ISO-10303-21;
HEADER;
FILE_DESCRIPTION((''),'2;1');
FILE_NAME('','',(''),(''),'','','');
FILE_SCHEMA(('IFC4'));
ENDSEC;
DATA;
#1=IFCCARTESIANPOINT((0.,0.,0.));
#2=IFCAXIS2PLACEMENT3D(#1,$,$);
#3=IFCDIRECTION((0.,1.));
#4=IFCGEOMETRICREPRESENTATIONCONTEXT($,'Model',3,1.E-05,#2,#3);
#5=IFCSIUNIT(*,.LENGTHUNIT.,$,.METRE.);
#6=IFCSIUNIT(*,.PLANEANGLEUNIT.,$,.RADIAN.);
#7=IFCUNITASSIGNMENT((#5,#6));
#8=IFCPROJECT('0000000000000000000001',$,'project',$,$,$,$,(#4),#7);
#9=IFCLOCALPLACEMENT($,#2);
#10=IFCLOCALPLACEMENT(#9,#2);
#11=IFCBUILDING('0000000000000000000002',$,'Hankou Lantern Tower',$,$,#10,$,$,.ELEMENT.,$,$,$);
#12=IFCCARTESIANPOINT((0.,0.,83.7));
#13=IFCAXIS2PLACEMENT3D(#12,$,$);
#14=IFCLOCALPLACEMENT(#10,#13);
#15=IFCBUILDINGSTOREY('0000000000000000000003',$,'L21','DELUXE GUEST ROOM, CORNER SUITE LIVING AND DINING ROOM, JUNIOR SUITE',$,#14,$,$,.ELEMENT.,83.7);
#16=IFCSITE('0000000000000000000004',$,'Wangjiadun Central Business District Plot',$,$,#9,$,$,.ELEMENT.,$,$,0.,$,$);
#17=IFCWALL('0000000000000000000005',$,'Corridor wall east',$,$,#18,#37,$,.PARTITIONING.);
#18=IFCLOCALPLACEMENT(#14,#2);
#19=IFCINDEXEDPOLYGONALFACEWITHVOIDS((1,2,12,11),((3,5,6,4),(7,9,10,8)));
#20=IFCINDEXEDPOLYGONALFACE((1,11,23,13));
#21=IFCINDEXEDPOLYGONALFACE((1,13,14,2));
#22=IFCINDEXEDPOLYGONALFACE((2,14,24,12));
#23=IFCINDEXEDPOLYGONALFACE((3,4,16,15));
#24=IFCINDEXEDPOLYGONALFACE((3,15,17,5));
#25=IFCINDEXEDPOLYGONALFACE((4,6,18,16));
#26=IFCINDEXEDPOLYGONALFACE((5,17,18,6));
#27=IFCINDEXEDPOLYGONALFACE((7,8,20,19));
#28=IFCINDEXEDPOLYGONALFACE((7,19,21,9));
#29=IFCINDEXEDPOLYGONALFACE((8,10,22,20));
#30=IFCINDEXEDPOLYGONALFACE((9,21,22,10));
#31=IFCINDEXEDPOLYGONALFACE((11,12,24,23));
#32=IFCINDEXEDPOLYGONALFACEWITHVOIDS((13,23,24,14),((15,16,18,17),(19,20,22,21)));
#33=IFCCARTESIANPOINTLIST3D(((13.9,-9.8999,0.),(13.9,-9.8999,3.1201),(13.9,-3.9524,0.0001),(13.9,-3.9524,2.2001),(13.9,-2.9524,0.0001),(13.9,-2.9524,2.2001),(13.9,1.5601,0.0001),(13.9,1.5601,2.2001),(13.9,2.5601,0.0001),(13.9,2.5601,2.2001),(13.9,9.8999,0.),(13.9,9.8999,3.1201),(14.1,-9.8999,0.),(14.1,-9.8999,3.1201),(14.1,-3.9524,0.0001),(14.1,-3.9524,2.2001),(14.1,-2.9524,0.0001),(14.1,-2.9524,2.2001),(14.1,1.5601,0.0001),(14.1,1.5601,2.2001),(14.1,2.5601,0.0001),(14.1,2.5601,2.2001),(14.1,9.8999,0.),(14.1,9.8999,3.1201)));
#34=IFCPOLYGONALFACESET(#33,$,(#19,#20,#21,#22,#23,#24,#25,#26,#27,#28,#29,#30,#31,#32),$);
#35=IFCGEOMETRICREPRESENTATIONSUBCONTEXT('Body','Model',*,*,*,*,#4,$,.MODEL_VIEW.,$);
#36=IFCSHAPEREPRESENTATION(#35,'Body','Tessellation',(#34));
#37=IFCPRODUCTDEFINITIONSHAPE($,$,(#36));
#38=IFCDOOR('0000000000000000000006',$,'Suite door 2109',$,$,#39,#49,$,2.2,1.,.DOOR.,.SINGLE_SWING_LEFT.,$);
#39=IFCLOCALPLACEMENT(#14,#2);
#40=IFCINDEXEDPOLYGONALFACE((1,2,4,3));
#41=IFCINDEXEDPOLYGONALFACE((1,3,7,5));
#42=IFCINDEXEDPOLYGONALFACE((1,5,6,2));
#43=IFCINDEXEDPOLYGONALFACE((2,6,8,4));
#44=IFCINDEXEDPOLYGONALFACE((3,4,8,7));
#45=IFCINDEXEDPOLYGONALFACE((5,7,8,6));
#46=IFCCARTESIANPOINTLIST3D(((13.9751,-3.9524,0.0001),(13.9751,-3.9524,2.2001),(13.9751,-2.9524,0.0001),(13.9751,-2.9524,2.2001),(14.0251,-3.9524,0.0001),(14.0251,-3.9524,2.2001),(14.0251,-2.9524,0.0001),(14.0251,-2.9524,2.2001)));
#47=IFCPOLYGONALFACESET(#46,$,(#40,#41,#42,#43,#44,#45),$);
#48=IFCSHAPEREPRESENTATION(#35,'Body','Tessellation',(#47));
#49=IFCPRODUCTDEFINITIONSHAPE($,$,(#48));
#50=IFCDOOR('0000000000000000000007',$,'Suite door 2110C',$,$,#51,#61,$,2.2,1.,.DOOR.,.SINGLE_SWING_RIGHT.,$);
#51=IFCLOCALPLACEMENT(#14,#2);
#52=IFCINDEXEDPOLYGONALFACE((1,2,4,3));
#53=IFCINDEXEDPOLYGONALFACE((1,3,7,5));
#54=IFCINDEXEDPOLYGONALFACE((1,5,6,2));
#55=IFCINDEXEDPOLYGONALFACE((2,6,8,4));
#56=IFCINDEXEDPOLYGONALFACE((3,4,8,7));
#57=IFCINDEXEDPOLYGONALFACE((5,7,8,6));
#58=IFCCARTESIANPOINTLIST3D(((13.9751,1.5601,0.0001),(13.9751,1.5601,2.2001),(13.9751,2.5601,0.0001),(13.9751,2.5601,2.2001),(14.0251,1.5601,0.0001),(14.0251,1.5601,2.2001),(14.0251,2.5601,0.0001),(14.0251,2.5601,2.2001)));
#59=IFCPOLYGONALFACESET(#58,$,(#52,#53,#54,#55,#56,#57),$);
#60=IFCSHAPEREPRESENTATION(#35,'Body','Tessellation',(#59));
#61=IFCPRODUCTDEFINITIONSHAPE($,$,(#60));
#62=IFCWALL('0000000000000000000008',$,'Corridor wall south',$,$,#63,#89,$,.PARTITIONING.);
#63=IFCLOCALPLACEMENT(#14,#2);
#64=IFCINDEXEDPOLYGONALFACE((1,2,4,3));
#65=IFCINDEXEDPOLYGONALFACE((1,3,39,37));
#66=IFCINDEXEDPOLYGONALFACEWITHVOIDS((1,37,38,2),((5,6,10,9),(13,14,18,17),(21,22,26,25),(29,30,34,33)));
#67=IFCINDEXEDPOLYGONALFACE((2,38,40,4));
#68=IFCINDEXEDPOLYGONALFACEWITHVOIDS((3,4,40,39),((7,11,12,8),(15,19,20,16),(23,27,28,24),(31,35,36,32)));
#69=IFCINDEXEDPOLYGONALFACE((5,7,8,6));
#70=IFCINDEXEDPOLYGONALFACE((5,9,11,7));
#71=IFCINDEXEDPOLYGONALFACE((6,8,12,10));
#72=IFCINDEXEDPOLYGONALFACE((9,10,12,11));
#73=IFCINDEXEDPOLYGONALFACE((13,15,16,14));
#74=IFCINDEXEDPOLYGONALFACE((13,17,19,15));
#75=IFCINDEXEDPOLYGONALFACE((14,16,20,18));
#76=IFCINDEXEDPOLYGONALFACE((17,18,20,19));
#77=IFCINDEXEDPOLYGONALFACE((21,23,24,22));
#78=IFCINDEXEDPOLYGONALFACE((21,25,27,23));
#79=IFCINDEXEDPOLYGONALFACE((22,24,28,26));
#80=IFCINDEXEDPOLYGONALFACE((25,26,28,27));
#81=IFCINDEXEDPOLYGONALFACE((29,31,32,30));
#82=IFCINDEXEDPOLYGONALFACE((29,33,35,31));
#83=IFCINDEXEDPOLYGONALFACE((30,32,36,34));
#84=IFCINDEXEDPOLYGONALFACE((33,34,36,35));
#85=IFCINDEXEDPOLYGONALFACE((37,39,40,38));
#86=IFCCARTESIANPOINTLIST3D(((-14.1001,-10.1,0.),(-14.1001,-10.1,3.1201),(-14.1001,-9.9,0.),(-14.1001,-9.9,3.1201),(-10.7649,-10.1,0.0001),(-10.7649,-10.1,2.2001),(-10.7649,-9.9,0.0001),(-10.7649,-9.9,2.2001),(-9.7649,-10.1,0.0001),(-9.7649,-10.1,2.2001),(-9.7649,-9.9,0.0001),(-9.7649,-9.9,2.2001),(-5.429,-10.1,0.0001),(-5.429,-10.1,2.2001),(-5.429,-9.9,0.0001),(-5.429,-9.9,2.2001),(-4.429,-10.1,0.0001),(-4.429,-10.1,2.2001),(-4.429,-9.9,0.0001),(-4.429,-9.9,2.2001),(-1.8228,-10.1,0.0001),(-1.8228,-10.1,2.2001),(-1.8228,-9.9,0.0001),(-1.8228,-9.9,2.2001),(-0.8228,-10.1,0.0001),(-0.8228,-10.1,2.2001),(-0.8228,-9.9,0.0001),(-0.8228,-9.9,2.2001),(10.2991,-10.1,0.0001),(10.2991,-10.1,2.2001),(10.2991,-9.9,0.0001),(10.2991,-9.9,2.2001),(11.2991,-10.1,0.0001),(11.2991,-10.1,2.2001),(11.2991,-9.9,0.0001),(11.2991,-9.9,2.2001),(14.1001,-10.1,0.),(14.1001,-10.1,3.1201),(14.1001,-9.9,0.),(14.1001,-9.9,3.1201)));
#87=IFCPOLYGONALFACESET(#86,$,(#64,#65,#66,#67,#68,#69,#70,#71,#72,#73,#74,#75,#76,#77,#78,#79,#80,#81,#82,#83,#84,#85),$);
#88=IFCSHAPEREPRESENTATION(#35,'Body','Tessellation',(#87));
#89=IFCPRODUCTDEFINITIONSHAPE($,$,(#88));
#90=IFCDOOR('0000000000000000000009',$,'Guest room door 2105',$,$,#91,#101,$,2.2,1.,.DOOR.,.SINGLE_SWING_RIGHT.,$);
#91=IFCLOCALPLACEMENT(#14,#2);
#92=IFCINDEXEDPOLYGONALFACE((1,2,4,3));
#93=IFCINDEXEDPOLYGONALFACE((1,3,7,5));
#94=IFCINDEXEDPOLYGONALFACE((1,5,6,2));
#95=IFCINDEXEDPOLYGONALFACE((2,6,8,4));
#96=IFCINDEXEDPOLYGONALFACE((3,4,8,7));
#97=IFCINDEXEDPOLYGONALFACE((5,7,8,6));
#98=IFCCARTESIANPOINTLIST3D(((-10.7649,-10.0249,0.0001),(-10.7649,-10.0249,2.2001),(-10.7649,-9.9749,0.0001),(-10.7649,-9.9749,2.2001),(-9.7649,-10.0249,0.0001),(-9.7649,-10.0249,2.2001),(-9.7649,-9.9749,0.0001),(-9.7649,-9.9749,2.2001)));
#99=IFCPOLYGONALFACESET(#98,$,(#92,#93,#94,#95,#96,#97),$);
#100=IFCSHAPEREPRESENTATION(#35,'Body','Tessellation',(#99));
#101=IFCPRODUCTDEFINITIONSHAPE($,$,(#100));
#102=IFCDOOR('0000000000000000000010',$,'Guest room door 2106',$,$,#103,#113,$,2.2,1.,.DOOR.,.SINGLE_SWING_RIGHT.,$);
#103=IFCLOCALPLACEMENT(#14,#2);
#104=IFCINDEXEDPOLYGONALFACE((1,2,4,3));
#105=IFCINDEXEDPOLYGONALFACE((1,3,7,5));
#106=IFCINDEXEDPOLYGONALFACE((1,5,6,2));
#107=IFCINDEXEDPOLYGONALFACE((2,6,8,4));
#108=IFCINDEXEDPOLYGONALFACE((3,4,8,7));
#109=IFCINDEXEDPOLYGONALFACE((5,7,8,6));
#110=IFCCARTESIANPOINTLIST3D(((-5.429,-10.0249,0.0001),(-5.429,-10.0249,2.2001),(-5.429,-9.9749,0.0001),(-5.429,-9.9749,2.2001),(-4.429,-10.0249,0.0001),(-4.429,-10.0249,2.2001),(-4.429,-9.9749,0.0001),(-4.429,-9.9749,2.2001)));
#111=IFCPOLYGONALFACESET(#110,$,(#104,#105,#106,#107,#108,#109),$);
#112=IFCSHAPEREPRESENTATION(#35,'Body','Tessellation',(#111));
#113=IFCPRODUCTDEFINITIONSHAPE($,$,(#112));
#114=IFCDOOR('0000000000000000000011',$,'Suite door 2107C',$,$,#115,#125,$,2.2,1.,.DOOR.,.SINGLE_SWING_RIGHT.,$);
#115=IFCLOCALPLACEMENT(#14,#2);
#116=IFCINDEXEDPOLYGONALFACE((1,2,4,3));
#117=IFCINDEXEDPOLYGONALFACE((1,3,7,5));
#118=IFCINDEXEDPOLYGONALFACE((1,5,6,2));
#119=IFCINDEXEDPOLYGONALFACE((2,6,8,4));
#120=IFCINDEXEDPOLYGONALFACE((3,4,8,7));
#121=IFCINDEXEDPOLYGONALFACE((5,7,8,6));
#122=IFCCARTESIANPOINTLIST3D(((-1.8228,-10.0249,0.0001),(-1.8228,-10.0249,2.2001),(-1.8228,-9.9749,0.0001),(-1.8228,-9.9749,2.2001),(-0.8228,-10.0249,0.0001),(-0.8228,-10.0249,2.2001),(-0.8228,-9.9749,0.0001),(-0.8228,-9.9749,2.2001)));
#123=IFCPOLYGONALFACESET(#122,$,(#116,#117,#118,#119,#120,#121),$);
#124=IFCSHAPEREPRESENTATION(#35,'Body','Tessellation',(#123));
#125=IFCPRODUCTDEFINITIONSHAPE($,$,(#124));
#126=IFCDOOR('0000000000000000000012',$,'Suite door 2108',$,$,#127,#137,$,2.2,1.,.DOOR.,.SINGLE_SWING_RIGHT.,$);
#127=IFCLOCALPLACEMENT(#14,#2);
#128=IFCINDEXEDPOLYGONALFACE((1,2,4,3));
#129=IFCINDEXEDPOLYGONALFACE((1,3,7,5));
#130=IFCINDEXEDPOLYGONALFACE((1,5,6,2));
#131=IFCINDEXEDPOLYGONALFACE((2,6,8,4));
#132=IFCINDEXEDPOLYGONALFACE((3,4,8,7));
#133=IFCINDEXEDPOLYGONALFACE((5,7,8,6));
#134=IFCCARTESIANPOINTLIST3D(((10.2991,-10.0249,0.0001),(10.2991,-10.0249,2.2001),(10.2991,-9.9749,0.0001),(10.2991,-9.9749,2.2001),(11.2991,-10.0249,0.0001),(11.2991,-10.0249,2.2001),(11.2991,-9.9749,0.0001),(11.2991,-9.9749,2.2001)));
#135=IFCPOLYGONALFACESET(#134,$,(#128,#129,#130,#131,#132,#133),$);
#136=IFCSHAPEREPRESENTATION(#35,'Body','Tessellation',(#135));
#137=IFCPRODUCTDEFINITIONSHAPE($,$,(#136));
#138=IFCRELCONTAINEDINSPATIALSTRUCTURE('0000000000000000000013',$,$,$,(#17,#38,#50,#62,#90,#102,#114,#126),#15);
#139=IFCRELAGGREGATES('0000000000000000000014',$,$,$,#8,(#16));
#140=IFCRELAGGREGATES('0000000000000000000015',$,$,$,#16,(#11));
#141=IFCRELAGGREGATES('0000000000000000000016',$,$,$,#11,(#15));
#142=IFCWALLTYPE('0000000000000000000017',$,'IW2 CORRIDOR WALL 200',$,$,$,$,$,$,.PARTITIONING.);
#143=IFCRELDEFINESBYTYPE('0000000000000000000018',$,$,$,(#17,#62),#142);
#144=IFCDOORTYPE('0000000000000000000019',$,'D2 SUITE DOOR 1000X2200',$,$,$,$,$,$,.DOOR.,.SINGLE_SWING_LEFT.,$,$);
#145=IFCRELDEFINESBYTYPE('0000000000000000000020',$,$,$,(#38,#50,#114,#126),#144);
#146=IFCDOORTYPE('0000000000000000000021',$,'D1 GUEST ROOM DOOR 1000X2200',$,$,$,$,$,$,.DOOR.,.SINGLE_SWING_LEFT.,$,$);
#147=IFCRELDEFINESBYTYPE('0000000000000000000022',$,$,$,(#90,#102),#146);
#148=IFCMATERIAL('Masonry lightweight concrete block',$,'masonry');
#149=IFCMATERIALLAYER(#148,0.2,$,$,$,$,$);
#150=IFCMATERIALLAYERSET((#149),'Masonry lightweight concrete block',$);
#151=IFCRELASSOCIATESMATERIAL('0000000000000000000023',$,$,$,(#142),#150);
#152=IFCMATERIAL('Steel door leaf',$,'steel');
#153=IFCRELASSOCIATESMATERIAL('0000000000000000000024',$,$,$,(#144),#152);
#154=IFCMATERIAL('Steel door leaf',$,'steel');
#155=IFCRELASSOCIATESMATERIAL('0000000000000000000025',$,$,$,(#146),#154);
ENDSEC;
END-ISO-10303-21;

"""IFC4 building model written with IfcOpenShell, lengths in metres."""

from ifc_helpers import new_model, si_unit, direction, frame, frame_2d, origin, place, context, subcontext, project, spatial, rectangle, extrude, material, layer, layer_set, type_object, element, fill, save


model = new_model("IFC4")

# Units and contexts
model_context = context("Model", 3, precision=1e-05, world=origin(), true_north=direction((0.0, 1.0)))
body_context = subcontext(model_context, "Body", "Model", "MODEL_VIEW")
ifc_project = project(units=[si_unit("LENGTHUNIT", "METRE"), si_unit("PLANEANGLEUNIT", "RADIAN")], contexts=[model_context])

# Site, building, storey
site_placement = place(None, origin())
site = spatial("IfcSite", under=ifc_project, at=site_placement, Name="Wangjiadun Central Business District Plot", CompositionType="ELEMENT", RefElevation=0.0)
building_placement = place(site_placement, origin())
building = spatial("IfcBuilding", under=site, at=building_placement, Name="Hankou Lantern Tower", CompositionType="ELEMENT")
storey_placement = place(building_placement, frame((0.0, 0.0, 83.7)))
storey = spatial("IfcBuildingStorey", under=building, at=storey_placement, Name="L21", Description="DELUXE GUEST ROOM, CORNER SUITE LIVING AND DINING ROOM, JUNIOR SUITE", CompositionType="ELEMENT", Elevation=83.7)

# Walls, openings, doors
ifc_material_1 = material(Name="Masonry lightweight concrete block", Category="masonry")
ifc_layer_1 = layer(ifc_material_1, 0.2)
ifc_layer_set_1 = layer_set([ifc_layer_1], Name="Masonry lightweight concrete block")
wall_type_1 = type_object("IfcWallType", Name="IW2 CORRIDOR WALL 200", PredefinedType="PARTITIONING", material=ifc_layer_set_1)
wall_1_placement = place(storey_placement, frame((14.0, -9.8999, 0.0), z_axis=(0.0, 0.0, 1.0), x_axis=(0.0, 1.0, 0.0)))
wall_1 = element("IfcWall", 1, at=wall_1_placement, inside=storey, type_object=wall_type_1, Name="Corridor wall east", PredefinedType="PARTITIONING", context=body_context, shape_type="SweptSolid", body=[
    extrude(rectangle(XDim=19.7998, YDim=0.2, at=frame_2d((9.8999, 0.0))), origin(), (0.0, 0.0, 1.0), 3.1201),
])
opening_1_placement = place(wall_1_placement, frame((5.9475, 0.0, 0.0)))
opening_1 = element("IfcOpeningElement", 2, at=opening_1_placement, cuts=wall_1, PredefinedType="OPENING", context=body_context, shape_type="SweptSolid", body=[
    extrude(rectangle(XDim=1.0, YDim=2.2, at=frame_2d((0.5, 1.1001))), frame((0.0, 0.1099, 0.0), z_axis=(0.0, -1.0, 0.0), x_axis=(1.0, 0.0, 0.0)), (0.0, 0.0, 1.0), 0.22),
])
opening_2_placement = place(wall_1_placement, frame((11.46, 0.0, 0.0)))
opening_2 = element("IfcOpeningElement", 3, at=opening_2_placement, cuts=wall_1, PredefinedType="OPENING", context=body_context, shape_type="SweptSolid", body=[
    extrude(rectangle(XDim=1.0, YDim=2.2, at=frame_2d((0.5, 1.1001))), frame((0.0, 0.1099, 0.0), z_axis=(0.0, -1.0, 0.0), x_axis=(1.0, 0.0, 0.0)), (0.0, 0.0, 1.0), 0.22),
])
ifc_material_2 = material(Name="Steel door leaf", Category="steel")
door_type_1 = type_object("IfcDoorType", Name="D2 SUITE DOOR 1000X2200", OperationType="SINGLE_SWING_LEFT", PredefinedType="DOOR", material=ifc_material_2)
door_1_placement = place(opening_1_placement, origin())
door_1 = element("IfcDoor", 4, at=door_1_placement, inside=storey, type_object=door_type_1, Name="Suite door 2109", OperationType="SINGLE_SWING_LEFT", OverallHeight=2.2, OverallWidth=1.0, PredefinedType="DOOR", context=body_context, shape_type="SweptSolid", body=[
    extrude(rectangle(XDim=1.0, YDim=2.2, at=frame_2d((0.5, 1.1001))), frame((0.0, 0.0249, 0.0), z_axis=(0.0, -1.0, 0.0), x_axis=(1.0, 0.0, 0.0)), (0.0, 0.0, 1.0), 0.05),
])
fill(opening_1, door_1)
door_2_placement = place(opening_2_placement, origin())
door_2 = element("IfcDoor", 5, at=door_2_placement, inside=storey, type_object=door_type_1, Name="Suite door 2110C", OperationType="SINGLE_SWING_RIGHT", OverallHeight=2.2, OverallWidth=1.0, PredefinedType="DOOR", context=body_context, shape_type="SweptSolid", body=[
    extrude(rectangle(XDim=1.0, YDim=2.2, at=frame_2d((0.5, 1.1001))), frame((0.0, 0.0249, 0.0), z_axis=(0.0, -1.0, 0.0), x_axis=(1.0, 0.0, 0.0)), (0.0, 0.0, 1.0), 0.05),
])
fill(opening_2, door_2)
wall_2_placement = place(storey_placement, frame((14.1001, -10.0, 0.0), z_axis=(0.0, 0.0, 1.0), x_axis=(-1.0, 0.0, 0.0)))
wall_2 = element("IfcWall", 6, at=wall_2_placement, inside=storey, type_object=wall_type_1, Name="Corridor wall south", PredefinedType="PARTITIONING", context=body_context, shape_type="SweptSolid", body=[
    extrude(rectangle(XDim=28.2002, YDim=0.2, at=frame_2d((14.1001, 0.0))), origin(), (0.0, 0.0, 1.0), 3.1201),
])
opening_3_placement = place(wall_2_placement, frame((23.865, 0.0, 0.0)))
opening_3 = element("IfcOpeningElement", 7, at=opening_3_placement, cuts=wall_2, PredefinedType="OPENING", context=body_context, shape_type="SweptSolid", body=[
    extrude(rectangle(XDim=1.0, YDim=2.2, at=frame_2d((0.5, 1.1001))), frame((0.0, 0.1099, 0.0), z_axis=(0.0, -1.0, 0.0), x_axis=(1.0, 0.0, 0.0)), (0.0, 0.0, 1.0), 0.22),
])
opening_4_placement = place(wall_2_placement, frame((18.5291, 0.0, 0.0)))
opening_4 = element("IfcOpeningElement", 8, at=opening_4_placement, cuts=wall_2, PredefinedType="OPENING", context=body_context, shape_type="SweptSolid", body=[
    extrude(rectangle(XDim=1.0, YDim=2.2, at=frame_2d((0.5, 1.1001))), frame((0.0, 0.1099, 0.0), z_axis=(0.0, -1.0, 0.0), x_axis=(1.0, 0.0, 0.0)), (0.0, 0.0, 1.0), 0.22),
])
opening_5_placement = place(wall_2_placement, frame((14.9229, 0.0, 0.0)))
opening_5 = element("IfcOpeningElement", 9, at=opening_5_placement, cuts=wall_2, PredefinedType="OPENING", context=body_context, shape_type="SweptSolid", body=[
    extrude(rectangle(XDim=1.0, YDim=2.2, at=frame_2d((0.5, 1.1001))), frame((0.0, 0.1099, 0.0), z_axis=(0.0, -1.0, 0.0), x_axis=(1.0, 0.0, 0.0)), (0.0, 0.0, 1.0), 0.22),
])
opening_6_placement = place(wall_2_placement, frame((2.801, 0.0, 0.0)))
opening_6 = element("IfcOpeningElement", 10, at=opening_6_placement, cuts=wall_2, PredefinedType="OPENING", context=body_context, shape_type="SweptSolid", body=[
    extrude(rectangle(XDim=1.0, YDim=2.2, at=frame_2d((0.5, 1.1001))), frame((0.0, 0.1099, 0.0), z_axis=(0.0, -1.0, 0.0), x_axis=(1.0, 0.0, 0.0)), (0.0, 0.0, 1.0), 0.22),
])
ifc_material_3 = material(Name="Steel door leaf", Category="steel")
door_type_2 = type_object("IfcDoorType", Name="D1 GUEST ROOM DOOR 1000X2200", OperationType="SINGLE_SWING_LEFT", PredefinedType="DOOR", material=ifc_material_3)
door_3_placement = place(opening_3_placement, origin())
door_3 = element("IfcDoor", 11, at=door_3_placement, inside=storey, type_object=door_type_2, Name="Guest room door 2105", OperationType="SINGLE_SWING_RIGHT", OverallHeight=2.2, OverallWidth=1.0, PredefinedType="DOOR", context=body_context, shape_type="SweptSolid", body=[
    extrude(rectangle(XDim=1.0, YDim=2.2, at=frame_2d((0.5, 1.1001))), frame((0.0, 0.0249, 0.0), z_axis=(0.0, -1.0, 0.0), x_axis=(1.0, 0.0, 0.0)), (0.0, 0.0, 1.0), 0.05),
])
fill(opening_3, door_3)
door_4_placement = place(opening_4_placement, origin())
door_4 = element("IfcDoor", 12, at=door_4_placement, inside=storey, type_object=door_type_2, Name="Guest room door 2106", OperationType="SINGLE_SWING_RIGHT", OverallHeight=2.2, OverallWidth=1.0, PredefinedType="DOOR", context=body_context, shape_type="SweptSolid", body=[
    extrude(rectangle(XDim=1.0, YDim=2.2, at=frame_2d((0.5, 1.1001))), frame((0.0, 0.0249, 0.0), z_axis=(0.0, -1.0, 0.0), x_axis=(1.0, 0.0, 0.0)), (0.0, 0.0, 1.0), 0.05),
])
fill(opening_4, door_4)
door_5_placement = place(opening_5_placement, origin())
door_5 = element("IfcDoor", 13, at=door_5_placement, inside=storey, type_object=door_type_1, Name="Suite door 2107C", OperationType="SINGLE_SWING_RIGHT", OverallHeight=2.2, OverallWidth=1.0, PredefinedType="DOOR", context=body_context, shape_type="SweptSolid", body=[
    extrude(rectangle(XDim=1.0, YDim=2.2, at=frame_2d((0.5, 1.1001))), frame((0.0, 0.0249, 0.0), z_axis=(0.0, -1.0, 0.0), x_axis=(1.0, 0.0, 0.0)), (0.0, 0.0, 1.0), 0.05),
])
fill(opening_5, door_5)
door_6_placement = place(opening_6_placement, origin())
door_6 = element("IfcDoor", 14, at=door_6_placement, inside=storey, type_object=door_type_1, Name="Suite door 2108", OperationType="SINGLE_SWING_RIGHT", OverallHeight=2.2, OverallWidth=1.0, PredefinedType="DOOR", context=body_context, shape_type="SweptSolid", body=[
    extrude(rectangle(XDim=1.0, YDim=2.2, at=frame_2d((0.5, 1.1001))), frame((0.0, 0.0249, 0.0), z_axis=(0.0, -1.0, 0.0), x_axis=(1.0, 0.0, 0.0)), (0.0, 0.0, 1.0), 0.05),
])
fill(opening_6, door_6)

save(model, "model.ifc")
